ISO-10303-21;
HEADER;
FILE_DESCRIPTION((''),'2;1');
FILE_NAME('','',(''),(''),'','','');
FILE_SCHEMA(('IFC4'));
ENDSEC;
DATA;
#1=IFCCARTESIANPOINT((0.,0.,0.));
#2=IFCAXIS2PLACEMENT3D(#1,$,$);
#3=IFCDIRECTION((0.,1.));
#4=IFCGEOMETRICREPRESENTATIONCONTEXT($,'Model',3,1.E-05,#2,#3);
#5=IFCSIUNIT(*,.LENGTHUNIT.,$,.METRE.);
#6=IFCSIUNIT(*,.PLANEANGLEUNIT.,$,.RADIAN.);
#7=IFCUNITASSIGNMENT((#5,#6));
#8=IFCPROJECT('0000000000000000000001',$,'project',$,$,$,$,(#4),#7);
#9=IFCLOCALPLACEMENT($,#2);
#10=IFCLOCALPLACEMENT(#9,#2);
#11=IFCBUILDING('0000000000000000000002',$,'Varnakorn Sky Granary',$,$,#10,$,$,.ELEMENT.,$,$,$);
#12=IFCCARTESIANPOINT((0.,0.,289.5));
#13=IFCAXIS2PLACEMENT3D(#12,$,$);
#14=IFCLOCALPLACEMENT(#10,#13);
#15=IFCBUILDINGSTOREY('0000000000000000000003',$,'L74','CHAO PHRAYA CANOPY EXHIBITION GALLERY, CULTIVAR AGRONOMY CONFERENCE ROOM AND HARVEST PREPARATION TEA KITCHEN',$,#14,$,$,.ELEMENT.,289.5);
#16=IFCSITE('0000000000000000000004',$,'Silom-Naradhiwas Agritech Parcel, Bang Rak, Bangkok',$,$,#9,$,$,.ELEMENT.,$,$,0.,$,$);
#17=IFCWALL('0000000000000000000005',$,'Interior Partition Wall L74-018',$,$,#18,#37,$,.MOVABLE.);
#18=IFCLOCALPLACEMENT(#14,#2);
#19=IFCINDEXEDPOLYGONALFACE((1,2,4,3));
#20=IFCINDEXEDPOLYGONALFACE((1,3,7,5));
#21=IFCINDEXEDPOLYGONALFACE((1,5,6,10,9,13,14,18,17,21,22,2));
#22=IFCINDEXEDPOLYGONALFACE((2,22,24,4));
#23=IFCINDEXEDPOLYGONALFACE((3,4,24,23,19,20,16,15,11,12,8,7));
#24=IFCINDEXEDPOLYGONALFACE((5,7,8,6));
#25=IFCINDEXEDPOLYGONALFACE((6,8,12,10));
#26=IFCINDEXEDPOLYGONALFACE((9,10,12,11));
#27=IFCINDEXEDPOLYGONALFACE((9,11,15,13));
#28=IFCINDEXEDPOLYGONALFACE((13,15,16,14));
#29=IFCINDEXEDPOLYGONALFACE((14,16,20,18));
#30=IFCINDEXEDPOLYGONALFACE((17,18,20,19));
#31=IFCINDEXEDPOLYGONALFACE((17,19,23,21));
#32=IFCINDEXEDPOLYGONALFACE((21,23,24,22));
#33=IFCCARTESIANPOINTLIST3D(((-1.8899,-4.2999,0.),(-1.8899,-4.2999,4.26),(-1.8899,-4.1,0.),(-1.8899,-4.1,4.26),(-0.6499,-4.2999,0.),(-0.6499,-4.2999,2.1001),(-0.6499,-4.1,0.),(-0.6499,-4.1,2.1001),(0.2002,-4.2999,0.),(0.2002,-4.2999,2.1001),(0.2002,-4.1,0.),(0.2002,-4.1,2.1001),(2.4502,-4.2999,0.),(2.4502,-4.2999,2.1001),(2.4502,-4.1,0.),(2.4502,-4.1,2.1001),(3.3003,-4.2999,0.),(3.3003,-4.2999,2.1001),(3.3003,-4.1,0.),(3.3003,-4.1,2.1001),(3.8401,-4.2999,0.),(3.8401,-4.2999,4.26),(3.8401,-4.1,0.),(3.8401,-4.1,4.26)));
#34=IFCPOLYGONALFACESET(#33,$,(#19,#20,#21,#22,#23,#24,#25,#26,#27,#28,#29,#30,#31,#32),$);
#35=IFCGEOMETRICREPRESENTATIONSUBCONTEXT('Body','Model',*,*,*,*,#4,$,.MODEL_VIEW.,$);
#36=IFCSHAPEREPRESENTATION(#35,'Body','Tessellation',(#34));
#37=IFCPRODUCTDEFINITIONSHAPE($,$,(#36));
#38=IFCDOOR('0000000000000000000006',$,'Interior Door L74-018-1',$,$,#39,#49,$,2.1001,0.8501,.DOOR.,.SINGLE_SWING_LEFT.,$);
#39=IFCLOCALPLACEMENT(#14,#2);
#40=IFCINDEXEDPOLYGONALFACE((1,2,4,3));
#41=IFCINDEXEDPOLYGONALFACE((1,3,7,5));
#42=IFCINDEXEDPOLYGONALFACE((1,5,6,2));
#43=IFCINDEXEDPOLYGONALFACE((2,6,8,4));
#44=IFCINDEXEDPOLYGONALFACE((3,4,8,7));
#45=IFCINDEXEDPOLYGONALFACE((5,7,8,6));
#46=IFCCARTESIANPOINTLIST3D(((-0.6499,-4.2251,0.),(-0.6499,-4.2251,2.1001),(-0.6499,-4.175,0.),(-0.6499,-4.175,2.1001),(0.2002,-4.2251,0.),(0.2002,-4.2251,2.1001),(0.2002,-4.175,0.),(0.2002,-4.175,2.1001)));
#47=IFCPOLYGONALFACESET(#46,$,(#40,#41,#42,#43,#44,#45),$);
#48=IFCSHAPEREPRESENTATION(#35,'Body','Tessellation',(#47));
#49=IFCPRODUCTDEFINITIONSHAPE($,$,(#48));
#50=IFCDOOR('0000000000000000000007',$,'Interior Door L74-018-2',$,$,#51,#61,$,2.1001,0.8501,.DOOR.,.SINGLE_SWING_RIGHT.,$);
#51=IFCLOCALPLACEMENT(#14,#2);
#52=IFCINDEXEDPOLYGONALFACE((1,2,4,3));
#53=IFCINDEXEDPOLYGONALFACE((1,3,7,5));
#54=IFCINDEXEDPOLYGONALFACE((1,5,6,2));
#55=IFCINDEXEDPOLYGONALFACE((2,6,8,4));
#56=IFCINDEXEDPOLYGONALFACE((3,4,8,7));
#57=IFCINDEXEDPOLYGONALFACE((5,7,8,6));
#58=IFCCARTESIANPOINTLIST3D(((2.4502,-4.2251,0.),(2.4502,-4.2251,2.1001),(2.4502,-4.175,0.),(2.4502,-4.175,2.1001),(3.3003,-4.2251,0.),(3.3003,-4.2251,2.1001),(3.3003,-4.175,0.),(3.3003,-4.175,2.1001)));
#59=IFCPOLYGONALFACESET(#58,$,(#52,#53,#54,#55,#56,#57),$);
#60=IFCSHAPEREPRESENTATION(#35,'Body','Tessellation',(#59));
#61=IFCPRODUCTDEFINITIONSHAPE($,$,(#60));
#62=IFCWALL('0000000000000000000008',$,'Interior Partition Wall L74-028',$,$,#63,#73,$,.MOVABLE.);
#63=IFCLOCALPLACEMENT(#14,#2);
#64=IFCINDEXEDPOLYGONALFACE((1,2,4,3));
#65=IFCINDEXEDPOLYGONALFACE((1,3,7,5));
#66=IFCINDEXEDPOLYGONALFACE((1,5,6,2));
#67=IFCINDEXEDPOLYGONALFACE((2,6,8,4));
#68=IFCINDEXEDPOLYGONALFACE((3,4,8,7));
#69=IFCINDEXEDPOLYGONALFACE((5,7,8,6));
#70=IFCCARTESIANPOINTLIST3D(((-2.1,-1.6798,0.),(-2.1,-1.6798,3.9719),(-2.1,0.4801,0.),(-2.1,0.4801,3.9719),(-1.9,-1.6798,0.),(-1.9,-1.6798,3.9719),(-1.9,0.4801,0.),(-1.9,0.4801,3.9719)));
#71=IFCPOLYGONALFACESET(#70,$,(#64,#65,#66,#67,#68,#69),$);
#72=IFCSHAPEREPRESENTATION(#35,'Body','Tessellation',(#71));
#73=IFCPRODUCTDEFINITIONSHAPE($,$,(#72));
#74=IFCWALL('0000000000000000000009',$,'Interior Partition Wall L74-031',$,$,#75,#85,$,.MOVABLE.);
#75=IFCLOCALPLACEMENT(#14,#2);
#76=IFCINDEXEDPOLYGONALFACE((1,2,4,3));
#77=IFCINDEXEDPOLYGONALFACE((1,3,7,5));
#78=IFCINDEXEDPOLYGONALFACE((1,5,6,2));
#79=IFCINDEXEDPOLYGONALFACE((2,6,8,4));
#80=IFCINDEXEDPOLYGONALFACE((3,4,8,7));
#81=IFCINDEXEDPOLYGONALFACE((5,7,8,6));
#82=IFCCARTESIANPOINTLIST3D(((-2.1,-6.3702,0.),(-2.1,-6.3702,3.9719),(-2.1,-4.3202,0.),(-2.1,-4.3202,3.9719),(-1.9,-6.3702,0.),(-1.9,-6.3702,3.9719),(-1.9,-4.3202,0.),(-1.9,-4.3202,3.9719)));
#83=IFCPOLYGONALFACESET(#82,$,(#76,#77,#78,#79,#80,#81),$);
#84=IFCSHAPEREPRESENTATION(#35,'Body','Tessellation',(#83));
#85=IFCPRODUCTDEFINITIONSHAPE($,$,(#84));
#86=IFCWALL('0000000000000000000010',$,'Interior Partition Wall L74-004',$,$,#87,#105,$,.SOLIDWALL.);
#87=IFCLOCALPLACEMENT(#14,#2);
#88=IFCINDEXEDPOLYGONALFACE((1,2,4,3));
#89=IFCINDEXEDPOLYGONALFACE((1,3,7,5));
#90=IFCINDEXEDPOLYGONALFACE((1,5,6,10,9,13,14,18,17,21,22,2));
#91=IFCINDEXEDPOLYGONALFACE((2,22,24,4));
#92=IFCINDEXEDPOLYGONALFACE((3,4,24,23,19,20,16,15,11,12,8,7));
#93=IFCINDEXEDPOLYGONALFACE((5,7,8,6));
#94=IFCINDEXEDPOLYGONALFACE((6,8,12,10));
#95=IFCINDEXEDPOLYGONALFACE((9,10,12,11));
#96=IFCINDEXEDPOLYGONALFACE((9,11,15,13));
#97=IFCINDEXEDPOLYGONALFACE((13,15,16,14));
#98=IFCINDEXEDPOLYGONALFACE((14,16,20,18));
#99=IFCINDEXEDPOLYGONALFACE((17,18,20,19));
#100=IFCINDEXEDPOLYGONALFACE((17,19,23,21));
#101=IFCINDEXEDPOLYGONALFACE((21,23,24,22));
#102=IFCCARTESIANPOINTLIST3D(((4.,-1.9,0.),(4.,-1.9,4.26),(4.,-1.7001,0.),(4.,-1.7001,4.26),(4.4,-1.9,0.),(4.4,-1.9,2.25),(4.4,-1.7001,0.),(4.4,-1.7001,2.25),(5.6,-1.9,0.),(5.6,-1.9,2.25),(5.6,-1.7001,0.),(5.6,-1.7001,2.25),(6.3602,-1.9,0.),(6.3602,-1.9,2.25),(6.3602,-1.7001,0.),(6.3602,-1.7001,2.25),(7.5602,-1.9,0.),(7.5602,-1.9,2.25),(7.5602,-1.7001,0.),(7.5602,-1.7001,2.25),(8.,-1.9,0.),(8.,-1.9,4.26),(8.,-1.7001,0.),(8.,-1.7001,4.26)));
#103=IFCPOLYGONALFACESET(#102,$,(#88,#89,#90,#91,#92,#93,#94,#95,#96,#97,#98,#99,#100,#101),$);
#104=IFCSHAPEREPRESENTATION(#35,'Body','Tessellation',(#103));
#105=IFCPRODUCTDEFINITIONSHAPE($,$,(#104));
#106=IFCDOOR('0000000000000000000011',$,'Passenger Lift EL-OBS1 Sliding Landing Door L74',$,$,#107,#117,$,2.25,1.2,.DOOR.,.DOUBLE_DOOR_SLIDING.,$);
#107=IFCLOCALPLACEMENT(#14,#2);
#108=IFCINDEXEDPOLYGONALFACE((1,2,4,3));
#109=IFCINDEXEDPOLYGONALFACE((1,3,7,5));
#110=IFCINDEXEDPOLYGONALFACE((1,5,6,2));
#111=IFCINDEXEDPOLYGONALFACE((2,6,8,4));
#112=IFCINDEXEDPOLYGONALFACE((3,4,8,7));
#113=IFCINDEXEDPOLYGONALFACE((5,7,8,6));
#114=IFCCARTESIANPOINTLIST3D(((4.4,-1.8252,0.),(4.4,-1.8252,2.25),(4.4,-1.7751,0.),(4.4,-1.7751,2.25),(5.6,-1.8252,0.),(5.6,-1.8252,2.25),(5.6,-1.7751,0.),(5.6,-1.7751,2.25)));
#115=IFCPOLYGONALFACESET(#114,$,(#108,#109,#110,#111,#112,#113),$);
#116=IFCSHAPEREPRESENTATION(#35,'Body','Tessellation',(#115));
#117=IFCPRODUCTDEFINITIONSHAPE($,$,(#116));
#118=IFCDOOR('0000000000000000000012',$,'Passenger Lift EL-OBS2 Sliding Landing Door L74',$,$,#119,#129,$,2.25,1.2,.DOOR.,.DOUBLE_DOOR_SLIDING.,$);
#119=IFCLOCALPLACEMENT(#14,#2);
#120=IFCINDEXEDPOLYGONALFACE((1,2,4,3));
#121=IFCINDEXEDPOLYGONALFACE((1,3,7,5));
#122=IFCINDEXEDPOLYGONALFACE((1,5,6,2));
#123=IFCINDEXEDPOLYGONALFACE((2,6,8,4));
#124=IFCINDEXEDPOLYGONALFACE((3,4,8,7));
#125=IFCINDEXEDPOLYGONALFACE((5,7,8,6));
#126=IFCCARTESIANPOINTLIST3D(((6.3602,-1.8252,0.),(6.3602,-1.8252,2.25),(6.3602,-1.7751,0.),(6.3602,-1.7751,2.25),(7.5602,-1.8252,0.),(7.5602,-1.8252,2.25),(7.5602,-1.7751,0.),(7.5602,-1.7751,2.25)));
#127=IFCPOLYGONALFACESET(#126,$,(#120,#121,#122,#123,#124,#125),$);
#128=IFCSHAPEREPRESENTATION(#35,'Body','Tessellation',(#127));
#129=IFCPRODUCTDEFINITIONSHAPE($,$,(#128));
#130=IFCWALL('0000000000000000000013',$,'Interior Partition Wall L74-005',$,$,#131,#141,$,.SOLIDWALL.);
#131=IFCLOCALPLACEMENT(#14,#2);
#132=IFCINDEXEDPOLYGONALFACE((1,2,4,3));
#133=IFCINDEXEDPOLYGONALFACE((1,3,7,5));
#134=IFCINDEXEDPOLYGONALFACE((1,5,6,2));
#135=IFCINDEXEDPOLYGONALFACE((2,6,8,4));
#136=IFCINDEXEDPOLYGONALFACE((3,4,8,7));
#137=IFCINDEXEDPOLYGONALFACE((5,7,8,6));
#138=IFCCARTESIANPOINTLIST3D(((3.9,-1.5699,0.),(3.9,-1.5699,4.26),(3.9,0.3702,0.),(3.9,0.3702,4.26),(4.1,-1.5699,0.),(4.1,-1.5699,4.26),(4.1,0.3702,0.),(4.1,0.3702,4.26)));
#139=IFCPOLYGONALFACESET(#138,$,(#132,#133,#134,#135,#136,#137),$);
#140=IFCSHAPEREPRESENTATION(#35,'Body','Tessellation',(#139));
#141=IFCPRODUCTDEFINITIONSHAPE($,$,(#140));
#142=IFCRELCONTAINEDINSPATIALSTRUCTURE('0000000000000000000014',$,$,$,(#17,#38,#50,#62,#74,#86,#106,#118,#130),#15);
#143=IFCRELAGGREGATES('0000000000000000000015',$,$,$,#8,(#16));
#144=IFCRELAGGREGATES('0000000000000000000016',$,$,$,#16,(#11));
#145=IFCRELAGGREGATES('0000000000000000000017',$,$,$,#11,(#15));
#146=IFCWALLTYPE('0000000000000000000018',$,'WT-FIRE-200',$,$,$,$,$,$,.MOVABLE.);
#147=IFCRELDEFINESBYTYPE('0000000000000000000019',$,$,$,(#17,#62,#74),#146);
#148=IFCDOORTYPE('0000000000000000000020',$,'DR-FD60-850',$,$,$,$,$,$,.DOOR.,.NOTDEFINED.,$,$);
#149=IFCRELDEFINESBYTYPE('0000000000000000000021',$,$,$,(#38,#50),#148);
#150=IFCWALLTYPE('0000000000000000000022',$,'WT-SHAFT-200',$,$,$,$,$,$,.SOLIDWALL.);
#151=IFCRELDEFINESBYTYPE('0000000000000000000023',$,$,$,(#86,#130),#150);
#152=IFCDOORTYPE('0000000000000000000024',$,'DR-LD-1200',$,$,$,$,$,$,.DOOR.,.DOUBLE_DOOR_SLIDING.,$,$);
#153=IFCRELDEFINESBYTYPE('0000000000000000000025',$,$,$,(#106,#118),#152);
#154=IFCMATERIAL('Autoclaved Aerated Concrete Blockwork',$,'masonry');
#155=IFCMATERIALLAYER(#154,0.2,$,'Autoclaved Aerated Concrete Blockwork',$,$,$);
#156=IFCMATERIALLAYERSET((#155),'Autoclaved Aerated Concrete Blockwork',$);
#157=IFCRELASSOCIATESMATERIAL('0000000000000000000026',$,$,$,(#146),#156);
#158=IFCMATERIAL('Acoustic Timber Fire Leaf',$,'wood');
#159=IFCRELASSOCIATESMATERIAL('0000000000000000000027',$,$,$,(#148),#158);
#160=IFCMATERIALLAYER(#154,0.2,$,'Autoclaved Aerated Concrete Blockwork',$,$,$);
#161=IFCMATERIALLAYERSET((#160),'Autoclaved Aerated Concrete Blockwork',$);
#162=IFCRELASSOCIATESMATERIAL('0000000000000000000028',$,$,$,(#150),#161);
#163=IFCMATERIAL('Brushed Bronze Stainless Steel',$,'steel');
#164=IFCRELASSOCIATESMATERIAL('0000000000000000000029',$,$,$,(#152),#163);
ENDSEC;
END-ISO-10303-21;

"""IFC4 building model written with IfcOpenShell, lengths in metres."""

from ifc_helpers import new_model, si_unit, direction, frame, frame_2d, origin, place, context, subcontext, project, spatial, rectangle, extrude, material, layer, layer_set, type_object, element, fill, save


model = new_model("IFC4")

# Units and contexts
model_context = context("Model", 3, precision=1e-05, world=origin(), true_north=direction((0.0, 1.0)))
body_context = subcontext(model_context, "Body", "Model", "MODEL_VIEW")
ifc_project = project(units=[si_unit("LENGTHUNIT", "METRE"), si_unit("PLANEANGLEUNIT", "RADIAN")], contexts=[model_context])

# Site, building, storey
site_placement = place(None, origin())
site = spatial("IfcSite", under=ifc_project, at=site_placement, Name="Silom-Naradhiwas Agritech Parcel, Bang Rak, Bangkok", CompositionType="ELEMENT", RefElevation=0.0)
building_placement = place(site_placement, origin())
building = spatial("IfcBuilding", under=site, at=building_placement, Name="Varnakorn Sky Granary", CompositionType="ELEMENT")
storey_placement = place(building_placement, frame((0.0, 0.0, 289.5)))
storey = spatial("IfcBuildingStorey", under=building, at=storey_placement, Name="L74", Description="CHAO PHRAYA CANOPY EXHIBITION GALLERY, CULTIVAR AGRONOMY CONFERENCE ROOM AND HARVEST PREPARATION TEA KITCHEN", CompositionType="ELEMENT", Elevation=289.5)

# Shared definitions
ifc_material_1 = material(Name="Autoclaved Aerated Concrete Blockwork", Category="masonry")
ifc_layer_1 = layer(ifc_material_1, 0.2, Name="Autoclaved Aerated Concrete Blockwork")
ifc_layer_set_1 = layer_set([ifc_layer_1], Name="Autoclaved Aerated Concrete Blockwork")
wall_type_1 = type_object("IfcWallType", Name="WT-FIRE-200", PredefinedType="MOVABLE", material=ifc_layer_set_1)
ifc_material_2 = material(Name="Acoustic Timber Fire Leaf", Category="wood")

# Wall, openings, doors
wall_1_placement = place(storey_placement, frame((-1.8899, -4.2, 0.0), z_axis=(0.0, 0.0, 1.0), x_axis=(1.0, 0.0, 0.0)))
wall_1 = element("IfcWall", 1, at=wall_1_placement, inside=storey, type_object=wall_type_1, Name="Interior Partition Wall L74-018", PredefinedType="MOVABLE", context=body_context, shape_type="SweptSolid", body=[
    extrude(rectangle(XDim=5.73, YDim=0.2, at=frame_2d((2.865, 0.0))), origin(), (0.0, 0.0, 1.0), 4.26),
])
opening_1_placement = place(wall_1_placement, frame((1.24, 0.0, 0.0)))
opening_1 = element("IfcOpeningElement", 2, at=opening_1_placement, cuts=wall_1, PredefinedType="OPENING", context=body_context, shape_type="SweptSolid", body=[
    extrude(rectangle(XDim=0.8501, YDim=2.1001, at=frame_2d((0.425, 1.05))), frame((0.0, 0.1099, 0.0), z_axis=(0.0, -1.0, 0.0), x_axis=(1.0, 0.0, 0.0)), (0.0, 0.0, 1.0), 0.22),
])
opening_2_placement = place(wall_1_placement, frame((4.3401, 0.0, 0.0)))
opening_2 = element("IfcOpeningElement", 3, at=opening_2_placement, cuts=wall_1, PredefinedType="OPENING", context=body_context, shape_type="SweptSolid", body=[
    extrude(rectangle(XDim=0.8501, YDim=2.1001, at=frame_2d((0.425, 1.05))), frame((0.0, 0.1099, 0.0), z_axis=(0.0, -1.0, 0.0), x_axis=(1.0, 0.0, 0.0)), (0.0, 0.0, 1.0), 0.22),
])
door_type_1 = type_object("IfcDoorType", Name="DR-FD60-850", OperationType="NOTDEFINED", PredefinedType="DOOR", material=ifc_material_2)
door_1_placement = place(opening_1_placement, origin())
door_1 = element("IfcDoor", 4, at=door_1_placement, inside=storey, type_object=door_type_1, Name="Interior Door L74-018-1", OperationType="SINGLE_SWING_LEFT", OverallHeight=2.1001, OverallWidth=0.8501, PredefinedType="DOOR", context=body_context, shape_type="SweptSolid", body=[
    extrude(rectangle(XDim=0.8501, YDim=2.1001, at=frame_2d((0.425, 1.05))), frame((0.0, 0.0249, 0.0), z_axis=(0.0, -1.0, 0.0), x_axis=(1.0, 0.0, 0.0)), (0.0, 0.0, 1.0), 0.05),
])
fill(opening_1, door_1)
door_2_placement = place(opening_2_placement, origin())
door_2 = element("IfcDoor", 5, at=door_2_placement, inside=storey, type_object=door_type_1, Name="Interior Door L74-018-2", OperationType="SINGLE_SWING_RIGHT", OverallHeight=2.1001, OverallWidth=0.8501, PredefinedType="DOOR", context=body_context, shape_type="SweptSolid", body=[
    extrude(rectangle(XDim=0.8501, YDim=2.1001, at=frame_2d((0.425, 1.05))), frame((0.0, 0.0249, 0.0), z_axis=(0.0, -1.0, 0.0), x_axis=(1.0, 0.0, 0.0)), (0.0, 0.0, 1.0), 0.05),
])
fill(opening_2, door_2)

# Walls
wall_2_placement = place(storey_placement, frame((-2.0, -1.6799, 0.0), z_axis=(0.0, 0.0, 1.0), x_axis=(0.0, 1.0, 0.0)))
element("IfcWall", 6, at=wall_2_placement, inside=storey, type_object=wall_type_1, Name="Interior Partition Wall L74-028", PredefinedType="MOVABLE", context=body_context, shape_type="SweptSolid", body=[
    extrude(rectangle(XDim=2.1599, YDim=0.2, at=frame_2d((1.0801, 0.0))), origin(), (0.0, 0.0, 1.0), 3.9719),
])
wall_3_placement = place(storey_placement, frame((-2.0, -6.3701, 0.0), z_axis=(0.0, 0.0, 1.0), x_axis=(0.0, 1.0, 0.0)))
element("IfcWall", 7, at=wall_3_placement, inside=storey, type_object=wall_type_1, Name="Interior Partition Wall L74-031", PredefinedType="MOVABLE", context=body_context, shape_type="SweptSolid", body=[
    extrude(rectangle(XDim=2.05, YDim=0.2, at=frame_2d((1.0249, 0.0))), origin(), (0.0, 0.0, 1.0), 3.9719),
])

# Wall, openings, doors
ifc_layer_2 = layer(ifc_material_1, 0.2, Name="Autoclaved Aerated Concrete Blockwork")
ifc_layer_set_2 = layer_set([ifc_layer_2], Name="Autoclaved Aerated Concrete Blockwork")
wall_type_2 = type_object("IfcWallType", Name="WT-SHAFT-200", PredefinedType="SOLIDWALL", material=ifc_layer_set_2)
wall_4_placement = place(storey_placement, frame((4.0, -1.8, 0.0), z_axis=(0.0, 0.0, 1.0), x_axis=(1.0, 0.0, 0.0)))
wall_4 = element("IfcWall", 8, at=wall_4_placement, inside=storey, type_object=wall_type_2, Name="Interior Partition Wall L74-004", PredefinedType="SOLIDWALL", context=body_context, shape_type="SweptSolid", body=[
    extrude(rectangle(XDim=4.0, YDim=0.2, at=frame_2d((2.0, 0.0))), origin(), (0.0, 0.0, 1.0), 4.26),
])
opening_3_placement = place(wall_4_placement, frame((0.3999, 0.0, 0.0)))
opening_3 = element("IfcOpeningElement", 9, at=opening_3_placement, cuts=wall_4, PredefinedType="OPENING", context=body_context, shape_type="SweptSolid", body=[
    extrude(rectangle(XDim=1.2, YDim=2.25, at=frame_2d((0.6001, 1.125))), frame((0.0, 0.1099, 0.0), z_axis=(0.0, -1.0, 0.0), x_axis=(1.0, 0.0, 0.0)), (0.0, 0.0, 1.0), 0.22),
])
opening_4_placement = place(wall_4_placement, frame((2.3601, 0.0, 0.0)))
opening_4 = element("IfcOpeningElement", 10, at=opening_4_placement, cuts=wall_4, PredefinedType="OPENING", context=body_context, shape_type="SweptSolid", body=[
    extrude(rectangle(XDim=1.2, YDim=2.25, at=frame_2d((0.6001, 1.125))), frame((0.0, 0.1099, 0.0), z_axis=(0.0, -1.0, 0.0), x_axis=(1.0, 0.0, 0.0)), (0.0, 0.0, 1.0), 0.22),
])
ifc_material_3 = material(Name="Brushed Bronze Stainless Steel", Category="steel")
door_type_2 = type_object("IfcDoorType", Name="DR-LD-1200", OperationType="DOUBLE_DOOR_SLIDING", PredefinedType="DOOR", material=ifc_material_3)
door_3_placement = place(opening_3_placement, origin())
door_3 = element("IfcDoor", 11, at=door_3_placement, inside=storey, type_object=door_type_2, Name="Passenger Lift EL-OBS1 Sliding Landing Door L74", OperationType="DOUBLE_DOOR_SLIDING", OverallHeight=2.25, OverallWidth=1.2, PredefinedType="DOOR", context=body_context, shape_type="SweptSolid", body=[
    extrude(rectangle(XDim=1.2, YDim=2.25, at=frame_2d((0.6001, 1.125))), frame((0.0, 0.0249, 0.0), z_axis=(0.0, -1.0, 0.0), x_axis=(1.0, 0.0, 0.0)), (0.0, 0.0, 1.0), 0.05),
])
fill(opening_3, door_3)
door_4_placement = place(opening_4_placement, origin())
door_4 = element("IfcDoor", 12, at=door_4_placement, inside=storey, type_object=door_type_2, Name="Passenger Lift EL-OBS2 Sliding Landing Door L74", OperationType="DOUBLE_DOOR_SLIDING", OverallHeight=2.25, OverallWidth=1.2, PredefinedType="DOOR", context=body_context, shape_type="SweptSolid", body=[
    extrude(rectangle(XDim=1.2, YDim=2.25, at=frame_2d((0.6001, 1.125))), frame((0.0, 0.0249, 0.0), z_axis=(0.0, -1.0, 0.0), x_axis=(1.0, 0.0, 0.0)), (0.0, 0.0, 1.0), 0.05),
])
fill(opening_4, door_4)

# Wall
wall_5_placement = place(storey_placement, frame((4.0, -1.5701, 0.0), z_axis=(0.0, 0.0, 1.0), x_axis=(0.0, 1.0, 0.0)))
element("IfcWall", 13, at=wall_5_placement, inside=storey, type_object=wall_type_2, Name="Interior Partition Wall L74-005", PredefinedType="SOLIDWALL", context=body_context, shape_type="SweptSolid", body=[
    extrude(rectangle(XDim=1.9402, YDim=0.2, at=frame_2d((0.9702, 0.0))), origin(), (0.0, 0.0, 1.0), 4.26),
])

save(model, "model.ifc")
